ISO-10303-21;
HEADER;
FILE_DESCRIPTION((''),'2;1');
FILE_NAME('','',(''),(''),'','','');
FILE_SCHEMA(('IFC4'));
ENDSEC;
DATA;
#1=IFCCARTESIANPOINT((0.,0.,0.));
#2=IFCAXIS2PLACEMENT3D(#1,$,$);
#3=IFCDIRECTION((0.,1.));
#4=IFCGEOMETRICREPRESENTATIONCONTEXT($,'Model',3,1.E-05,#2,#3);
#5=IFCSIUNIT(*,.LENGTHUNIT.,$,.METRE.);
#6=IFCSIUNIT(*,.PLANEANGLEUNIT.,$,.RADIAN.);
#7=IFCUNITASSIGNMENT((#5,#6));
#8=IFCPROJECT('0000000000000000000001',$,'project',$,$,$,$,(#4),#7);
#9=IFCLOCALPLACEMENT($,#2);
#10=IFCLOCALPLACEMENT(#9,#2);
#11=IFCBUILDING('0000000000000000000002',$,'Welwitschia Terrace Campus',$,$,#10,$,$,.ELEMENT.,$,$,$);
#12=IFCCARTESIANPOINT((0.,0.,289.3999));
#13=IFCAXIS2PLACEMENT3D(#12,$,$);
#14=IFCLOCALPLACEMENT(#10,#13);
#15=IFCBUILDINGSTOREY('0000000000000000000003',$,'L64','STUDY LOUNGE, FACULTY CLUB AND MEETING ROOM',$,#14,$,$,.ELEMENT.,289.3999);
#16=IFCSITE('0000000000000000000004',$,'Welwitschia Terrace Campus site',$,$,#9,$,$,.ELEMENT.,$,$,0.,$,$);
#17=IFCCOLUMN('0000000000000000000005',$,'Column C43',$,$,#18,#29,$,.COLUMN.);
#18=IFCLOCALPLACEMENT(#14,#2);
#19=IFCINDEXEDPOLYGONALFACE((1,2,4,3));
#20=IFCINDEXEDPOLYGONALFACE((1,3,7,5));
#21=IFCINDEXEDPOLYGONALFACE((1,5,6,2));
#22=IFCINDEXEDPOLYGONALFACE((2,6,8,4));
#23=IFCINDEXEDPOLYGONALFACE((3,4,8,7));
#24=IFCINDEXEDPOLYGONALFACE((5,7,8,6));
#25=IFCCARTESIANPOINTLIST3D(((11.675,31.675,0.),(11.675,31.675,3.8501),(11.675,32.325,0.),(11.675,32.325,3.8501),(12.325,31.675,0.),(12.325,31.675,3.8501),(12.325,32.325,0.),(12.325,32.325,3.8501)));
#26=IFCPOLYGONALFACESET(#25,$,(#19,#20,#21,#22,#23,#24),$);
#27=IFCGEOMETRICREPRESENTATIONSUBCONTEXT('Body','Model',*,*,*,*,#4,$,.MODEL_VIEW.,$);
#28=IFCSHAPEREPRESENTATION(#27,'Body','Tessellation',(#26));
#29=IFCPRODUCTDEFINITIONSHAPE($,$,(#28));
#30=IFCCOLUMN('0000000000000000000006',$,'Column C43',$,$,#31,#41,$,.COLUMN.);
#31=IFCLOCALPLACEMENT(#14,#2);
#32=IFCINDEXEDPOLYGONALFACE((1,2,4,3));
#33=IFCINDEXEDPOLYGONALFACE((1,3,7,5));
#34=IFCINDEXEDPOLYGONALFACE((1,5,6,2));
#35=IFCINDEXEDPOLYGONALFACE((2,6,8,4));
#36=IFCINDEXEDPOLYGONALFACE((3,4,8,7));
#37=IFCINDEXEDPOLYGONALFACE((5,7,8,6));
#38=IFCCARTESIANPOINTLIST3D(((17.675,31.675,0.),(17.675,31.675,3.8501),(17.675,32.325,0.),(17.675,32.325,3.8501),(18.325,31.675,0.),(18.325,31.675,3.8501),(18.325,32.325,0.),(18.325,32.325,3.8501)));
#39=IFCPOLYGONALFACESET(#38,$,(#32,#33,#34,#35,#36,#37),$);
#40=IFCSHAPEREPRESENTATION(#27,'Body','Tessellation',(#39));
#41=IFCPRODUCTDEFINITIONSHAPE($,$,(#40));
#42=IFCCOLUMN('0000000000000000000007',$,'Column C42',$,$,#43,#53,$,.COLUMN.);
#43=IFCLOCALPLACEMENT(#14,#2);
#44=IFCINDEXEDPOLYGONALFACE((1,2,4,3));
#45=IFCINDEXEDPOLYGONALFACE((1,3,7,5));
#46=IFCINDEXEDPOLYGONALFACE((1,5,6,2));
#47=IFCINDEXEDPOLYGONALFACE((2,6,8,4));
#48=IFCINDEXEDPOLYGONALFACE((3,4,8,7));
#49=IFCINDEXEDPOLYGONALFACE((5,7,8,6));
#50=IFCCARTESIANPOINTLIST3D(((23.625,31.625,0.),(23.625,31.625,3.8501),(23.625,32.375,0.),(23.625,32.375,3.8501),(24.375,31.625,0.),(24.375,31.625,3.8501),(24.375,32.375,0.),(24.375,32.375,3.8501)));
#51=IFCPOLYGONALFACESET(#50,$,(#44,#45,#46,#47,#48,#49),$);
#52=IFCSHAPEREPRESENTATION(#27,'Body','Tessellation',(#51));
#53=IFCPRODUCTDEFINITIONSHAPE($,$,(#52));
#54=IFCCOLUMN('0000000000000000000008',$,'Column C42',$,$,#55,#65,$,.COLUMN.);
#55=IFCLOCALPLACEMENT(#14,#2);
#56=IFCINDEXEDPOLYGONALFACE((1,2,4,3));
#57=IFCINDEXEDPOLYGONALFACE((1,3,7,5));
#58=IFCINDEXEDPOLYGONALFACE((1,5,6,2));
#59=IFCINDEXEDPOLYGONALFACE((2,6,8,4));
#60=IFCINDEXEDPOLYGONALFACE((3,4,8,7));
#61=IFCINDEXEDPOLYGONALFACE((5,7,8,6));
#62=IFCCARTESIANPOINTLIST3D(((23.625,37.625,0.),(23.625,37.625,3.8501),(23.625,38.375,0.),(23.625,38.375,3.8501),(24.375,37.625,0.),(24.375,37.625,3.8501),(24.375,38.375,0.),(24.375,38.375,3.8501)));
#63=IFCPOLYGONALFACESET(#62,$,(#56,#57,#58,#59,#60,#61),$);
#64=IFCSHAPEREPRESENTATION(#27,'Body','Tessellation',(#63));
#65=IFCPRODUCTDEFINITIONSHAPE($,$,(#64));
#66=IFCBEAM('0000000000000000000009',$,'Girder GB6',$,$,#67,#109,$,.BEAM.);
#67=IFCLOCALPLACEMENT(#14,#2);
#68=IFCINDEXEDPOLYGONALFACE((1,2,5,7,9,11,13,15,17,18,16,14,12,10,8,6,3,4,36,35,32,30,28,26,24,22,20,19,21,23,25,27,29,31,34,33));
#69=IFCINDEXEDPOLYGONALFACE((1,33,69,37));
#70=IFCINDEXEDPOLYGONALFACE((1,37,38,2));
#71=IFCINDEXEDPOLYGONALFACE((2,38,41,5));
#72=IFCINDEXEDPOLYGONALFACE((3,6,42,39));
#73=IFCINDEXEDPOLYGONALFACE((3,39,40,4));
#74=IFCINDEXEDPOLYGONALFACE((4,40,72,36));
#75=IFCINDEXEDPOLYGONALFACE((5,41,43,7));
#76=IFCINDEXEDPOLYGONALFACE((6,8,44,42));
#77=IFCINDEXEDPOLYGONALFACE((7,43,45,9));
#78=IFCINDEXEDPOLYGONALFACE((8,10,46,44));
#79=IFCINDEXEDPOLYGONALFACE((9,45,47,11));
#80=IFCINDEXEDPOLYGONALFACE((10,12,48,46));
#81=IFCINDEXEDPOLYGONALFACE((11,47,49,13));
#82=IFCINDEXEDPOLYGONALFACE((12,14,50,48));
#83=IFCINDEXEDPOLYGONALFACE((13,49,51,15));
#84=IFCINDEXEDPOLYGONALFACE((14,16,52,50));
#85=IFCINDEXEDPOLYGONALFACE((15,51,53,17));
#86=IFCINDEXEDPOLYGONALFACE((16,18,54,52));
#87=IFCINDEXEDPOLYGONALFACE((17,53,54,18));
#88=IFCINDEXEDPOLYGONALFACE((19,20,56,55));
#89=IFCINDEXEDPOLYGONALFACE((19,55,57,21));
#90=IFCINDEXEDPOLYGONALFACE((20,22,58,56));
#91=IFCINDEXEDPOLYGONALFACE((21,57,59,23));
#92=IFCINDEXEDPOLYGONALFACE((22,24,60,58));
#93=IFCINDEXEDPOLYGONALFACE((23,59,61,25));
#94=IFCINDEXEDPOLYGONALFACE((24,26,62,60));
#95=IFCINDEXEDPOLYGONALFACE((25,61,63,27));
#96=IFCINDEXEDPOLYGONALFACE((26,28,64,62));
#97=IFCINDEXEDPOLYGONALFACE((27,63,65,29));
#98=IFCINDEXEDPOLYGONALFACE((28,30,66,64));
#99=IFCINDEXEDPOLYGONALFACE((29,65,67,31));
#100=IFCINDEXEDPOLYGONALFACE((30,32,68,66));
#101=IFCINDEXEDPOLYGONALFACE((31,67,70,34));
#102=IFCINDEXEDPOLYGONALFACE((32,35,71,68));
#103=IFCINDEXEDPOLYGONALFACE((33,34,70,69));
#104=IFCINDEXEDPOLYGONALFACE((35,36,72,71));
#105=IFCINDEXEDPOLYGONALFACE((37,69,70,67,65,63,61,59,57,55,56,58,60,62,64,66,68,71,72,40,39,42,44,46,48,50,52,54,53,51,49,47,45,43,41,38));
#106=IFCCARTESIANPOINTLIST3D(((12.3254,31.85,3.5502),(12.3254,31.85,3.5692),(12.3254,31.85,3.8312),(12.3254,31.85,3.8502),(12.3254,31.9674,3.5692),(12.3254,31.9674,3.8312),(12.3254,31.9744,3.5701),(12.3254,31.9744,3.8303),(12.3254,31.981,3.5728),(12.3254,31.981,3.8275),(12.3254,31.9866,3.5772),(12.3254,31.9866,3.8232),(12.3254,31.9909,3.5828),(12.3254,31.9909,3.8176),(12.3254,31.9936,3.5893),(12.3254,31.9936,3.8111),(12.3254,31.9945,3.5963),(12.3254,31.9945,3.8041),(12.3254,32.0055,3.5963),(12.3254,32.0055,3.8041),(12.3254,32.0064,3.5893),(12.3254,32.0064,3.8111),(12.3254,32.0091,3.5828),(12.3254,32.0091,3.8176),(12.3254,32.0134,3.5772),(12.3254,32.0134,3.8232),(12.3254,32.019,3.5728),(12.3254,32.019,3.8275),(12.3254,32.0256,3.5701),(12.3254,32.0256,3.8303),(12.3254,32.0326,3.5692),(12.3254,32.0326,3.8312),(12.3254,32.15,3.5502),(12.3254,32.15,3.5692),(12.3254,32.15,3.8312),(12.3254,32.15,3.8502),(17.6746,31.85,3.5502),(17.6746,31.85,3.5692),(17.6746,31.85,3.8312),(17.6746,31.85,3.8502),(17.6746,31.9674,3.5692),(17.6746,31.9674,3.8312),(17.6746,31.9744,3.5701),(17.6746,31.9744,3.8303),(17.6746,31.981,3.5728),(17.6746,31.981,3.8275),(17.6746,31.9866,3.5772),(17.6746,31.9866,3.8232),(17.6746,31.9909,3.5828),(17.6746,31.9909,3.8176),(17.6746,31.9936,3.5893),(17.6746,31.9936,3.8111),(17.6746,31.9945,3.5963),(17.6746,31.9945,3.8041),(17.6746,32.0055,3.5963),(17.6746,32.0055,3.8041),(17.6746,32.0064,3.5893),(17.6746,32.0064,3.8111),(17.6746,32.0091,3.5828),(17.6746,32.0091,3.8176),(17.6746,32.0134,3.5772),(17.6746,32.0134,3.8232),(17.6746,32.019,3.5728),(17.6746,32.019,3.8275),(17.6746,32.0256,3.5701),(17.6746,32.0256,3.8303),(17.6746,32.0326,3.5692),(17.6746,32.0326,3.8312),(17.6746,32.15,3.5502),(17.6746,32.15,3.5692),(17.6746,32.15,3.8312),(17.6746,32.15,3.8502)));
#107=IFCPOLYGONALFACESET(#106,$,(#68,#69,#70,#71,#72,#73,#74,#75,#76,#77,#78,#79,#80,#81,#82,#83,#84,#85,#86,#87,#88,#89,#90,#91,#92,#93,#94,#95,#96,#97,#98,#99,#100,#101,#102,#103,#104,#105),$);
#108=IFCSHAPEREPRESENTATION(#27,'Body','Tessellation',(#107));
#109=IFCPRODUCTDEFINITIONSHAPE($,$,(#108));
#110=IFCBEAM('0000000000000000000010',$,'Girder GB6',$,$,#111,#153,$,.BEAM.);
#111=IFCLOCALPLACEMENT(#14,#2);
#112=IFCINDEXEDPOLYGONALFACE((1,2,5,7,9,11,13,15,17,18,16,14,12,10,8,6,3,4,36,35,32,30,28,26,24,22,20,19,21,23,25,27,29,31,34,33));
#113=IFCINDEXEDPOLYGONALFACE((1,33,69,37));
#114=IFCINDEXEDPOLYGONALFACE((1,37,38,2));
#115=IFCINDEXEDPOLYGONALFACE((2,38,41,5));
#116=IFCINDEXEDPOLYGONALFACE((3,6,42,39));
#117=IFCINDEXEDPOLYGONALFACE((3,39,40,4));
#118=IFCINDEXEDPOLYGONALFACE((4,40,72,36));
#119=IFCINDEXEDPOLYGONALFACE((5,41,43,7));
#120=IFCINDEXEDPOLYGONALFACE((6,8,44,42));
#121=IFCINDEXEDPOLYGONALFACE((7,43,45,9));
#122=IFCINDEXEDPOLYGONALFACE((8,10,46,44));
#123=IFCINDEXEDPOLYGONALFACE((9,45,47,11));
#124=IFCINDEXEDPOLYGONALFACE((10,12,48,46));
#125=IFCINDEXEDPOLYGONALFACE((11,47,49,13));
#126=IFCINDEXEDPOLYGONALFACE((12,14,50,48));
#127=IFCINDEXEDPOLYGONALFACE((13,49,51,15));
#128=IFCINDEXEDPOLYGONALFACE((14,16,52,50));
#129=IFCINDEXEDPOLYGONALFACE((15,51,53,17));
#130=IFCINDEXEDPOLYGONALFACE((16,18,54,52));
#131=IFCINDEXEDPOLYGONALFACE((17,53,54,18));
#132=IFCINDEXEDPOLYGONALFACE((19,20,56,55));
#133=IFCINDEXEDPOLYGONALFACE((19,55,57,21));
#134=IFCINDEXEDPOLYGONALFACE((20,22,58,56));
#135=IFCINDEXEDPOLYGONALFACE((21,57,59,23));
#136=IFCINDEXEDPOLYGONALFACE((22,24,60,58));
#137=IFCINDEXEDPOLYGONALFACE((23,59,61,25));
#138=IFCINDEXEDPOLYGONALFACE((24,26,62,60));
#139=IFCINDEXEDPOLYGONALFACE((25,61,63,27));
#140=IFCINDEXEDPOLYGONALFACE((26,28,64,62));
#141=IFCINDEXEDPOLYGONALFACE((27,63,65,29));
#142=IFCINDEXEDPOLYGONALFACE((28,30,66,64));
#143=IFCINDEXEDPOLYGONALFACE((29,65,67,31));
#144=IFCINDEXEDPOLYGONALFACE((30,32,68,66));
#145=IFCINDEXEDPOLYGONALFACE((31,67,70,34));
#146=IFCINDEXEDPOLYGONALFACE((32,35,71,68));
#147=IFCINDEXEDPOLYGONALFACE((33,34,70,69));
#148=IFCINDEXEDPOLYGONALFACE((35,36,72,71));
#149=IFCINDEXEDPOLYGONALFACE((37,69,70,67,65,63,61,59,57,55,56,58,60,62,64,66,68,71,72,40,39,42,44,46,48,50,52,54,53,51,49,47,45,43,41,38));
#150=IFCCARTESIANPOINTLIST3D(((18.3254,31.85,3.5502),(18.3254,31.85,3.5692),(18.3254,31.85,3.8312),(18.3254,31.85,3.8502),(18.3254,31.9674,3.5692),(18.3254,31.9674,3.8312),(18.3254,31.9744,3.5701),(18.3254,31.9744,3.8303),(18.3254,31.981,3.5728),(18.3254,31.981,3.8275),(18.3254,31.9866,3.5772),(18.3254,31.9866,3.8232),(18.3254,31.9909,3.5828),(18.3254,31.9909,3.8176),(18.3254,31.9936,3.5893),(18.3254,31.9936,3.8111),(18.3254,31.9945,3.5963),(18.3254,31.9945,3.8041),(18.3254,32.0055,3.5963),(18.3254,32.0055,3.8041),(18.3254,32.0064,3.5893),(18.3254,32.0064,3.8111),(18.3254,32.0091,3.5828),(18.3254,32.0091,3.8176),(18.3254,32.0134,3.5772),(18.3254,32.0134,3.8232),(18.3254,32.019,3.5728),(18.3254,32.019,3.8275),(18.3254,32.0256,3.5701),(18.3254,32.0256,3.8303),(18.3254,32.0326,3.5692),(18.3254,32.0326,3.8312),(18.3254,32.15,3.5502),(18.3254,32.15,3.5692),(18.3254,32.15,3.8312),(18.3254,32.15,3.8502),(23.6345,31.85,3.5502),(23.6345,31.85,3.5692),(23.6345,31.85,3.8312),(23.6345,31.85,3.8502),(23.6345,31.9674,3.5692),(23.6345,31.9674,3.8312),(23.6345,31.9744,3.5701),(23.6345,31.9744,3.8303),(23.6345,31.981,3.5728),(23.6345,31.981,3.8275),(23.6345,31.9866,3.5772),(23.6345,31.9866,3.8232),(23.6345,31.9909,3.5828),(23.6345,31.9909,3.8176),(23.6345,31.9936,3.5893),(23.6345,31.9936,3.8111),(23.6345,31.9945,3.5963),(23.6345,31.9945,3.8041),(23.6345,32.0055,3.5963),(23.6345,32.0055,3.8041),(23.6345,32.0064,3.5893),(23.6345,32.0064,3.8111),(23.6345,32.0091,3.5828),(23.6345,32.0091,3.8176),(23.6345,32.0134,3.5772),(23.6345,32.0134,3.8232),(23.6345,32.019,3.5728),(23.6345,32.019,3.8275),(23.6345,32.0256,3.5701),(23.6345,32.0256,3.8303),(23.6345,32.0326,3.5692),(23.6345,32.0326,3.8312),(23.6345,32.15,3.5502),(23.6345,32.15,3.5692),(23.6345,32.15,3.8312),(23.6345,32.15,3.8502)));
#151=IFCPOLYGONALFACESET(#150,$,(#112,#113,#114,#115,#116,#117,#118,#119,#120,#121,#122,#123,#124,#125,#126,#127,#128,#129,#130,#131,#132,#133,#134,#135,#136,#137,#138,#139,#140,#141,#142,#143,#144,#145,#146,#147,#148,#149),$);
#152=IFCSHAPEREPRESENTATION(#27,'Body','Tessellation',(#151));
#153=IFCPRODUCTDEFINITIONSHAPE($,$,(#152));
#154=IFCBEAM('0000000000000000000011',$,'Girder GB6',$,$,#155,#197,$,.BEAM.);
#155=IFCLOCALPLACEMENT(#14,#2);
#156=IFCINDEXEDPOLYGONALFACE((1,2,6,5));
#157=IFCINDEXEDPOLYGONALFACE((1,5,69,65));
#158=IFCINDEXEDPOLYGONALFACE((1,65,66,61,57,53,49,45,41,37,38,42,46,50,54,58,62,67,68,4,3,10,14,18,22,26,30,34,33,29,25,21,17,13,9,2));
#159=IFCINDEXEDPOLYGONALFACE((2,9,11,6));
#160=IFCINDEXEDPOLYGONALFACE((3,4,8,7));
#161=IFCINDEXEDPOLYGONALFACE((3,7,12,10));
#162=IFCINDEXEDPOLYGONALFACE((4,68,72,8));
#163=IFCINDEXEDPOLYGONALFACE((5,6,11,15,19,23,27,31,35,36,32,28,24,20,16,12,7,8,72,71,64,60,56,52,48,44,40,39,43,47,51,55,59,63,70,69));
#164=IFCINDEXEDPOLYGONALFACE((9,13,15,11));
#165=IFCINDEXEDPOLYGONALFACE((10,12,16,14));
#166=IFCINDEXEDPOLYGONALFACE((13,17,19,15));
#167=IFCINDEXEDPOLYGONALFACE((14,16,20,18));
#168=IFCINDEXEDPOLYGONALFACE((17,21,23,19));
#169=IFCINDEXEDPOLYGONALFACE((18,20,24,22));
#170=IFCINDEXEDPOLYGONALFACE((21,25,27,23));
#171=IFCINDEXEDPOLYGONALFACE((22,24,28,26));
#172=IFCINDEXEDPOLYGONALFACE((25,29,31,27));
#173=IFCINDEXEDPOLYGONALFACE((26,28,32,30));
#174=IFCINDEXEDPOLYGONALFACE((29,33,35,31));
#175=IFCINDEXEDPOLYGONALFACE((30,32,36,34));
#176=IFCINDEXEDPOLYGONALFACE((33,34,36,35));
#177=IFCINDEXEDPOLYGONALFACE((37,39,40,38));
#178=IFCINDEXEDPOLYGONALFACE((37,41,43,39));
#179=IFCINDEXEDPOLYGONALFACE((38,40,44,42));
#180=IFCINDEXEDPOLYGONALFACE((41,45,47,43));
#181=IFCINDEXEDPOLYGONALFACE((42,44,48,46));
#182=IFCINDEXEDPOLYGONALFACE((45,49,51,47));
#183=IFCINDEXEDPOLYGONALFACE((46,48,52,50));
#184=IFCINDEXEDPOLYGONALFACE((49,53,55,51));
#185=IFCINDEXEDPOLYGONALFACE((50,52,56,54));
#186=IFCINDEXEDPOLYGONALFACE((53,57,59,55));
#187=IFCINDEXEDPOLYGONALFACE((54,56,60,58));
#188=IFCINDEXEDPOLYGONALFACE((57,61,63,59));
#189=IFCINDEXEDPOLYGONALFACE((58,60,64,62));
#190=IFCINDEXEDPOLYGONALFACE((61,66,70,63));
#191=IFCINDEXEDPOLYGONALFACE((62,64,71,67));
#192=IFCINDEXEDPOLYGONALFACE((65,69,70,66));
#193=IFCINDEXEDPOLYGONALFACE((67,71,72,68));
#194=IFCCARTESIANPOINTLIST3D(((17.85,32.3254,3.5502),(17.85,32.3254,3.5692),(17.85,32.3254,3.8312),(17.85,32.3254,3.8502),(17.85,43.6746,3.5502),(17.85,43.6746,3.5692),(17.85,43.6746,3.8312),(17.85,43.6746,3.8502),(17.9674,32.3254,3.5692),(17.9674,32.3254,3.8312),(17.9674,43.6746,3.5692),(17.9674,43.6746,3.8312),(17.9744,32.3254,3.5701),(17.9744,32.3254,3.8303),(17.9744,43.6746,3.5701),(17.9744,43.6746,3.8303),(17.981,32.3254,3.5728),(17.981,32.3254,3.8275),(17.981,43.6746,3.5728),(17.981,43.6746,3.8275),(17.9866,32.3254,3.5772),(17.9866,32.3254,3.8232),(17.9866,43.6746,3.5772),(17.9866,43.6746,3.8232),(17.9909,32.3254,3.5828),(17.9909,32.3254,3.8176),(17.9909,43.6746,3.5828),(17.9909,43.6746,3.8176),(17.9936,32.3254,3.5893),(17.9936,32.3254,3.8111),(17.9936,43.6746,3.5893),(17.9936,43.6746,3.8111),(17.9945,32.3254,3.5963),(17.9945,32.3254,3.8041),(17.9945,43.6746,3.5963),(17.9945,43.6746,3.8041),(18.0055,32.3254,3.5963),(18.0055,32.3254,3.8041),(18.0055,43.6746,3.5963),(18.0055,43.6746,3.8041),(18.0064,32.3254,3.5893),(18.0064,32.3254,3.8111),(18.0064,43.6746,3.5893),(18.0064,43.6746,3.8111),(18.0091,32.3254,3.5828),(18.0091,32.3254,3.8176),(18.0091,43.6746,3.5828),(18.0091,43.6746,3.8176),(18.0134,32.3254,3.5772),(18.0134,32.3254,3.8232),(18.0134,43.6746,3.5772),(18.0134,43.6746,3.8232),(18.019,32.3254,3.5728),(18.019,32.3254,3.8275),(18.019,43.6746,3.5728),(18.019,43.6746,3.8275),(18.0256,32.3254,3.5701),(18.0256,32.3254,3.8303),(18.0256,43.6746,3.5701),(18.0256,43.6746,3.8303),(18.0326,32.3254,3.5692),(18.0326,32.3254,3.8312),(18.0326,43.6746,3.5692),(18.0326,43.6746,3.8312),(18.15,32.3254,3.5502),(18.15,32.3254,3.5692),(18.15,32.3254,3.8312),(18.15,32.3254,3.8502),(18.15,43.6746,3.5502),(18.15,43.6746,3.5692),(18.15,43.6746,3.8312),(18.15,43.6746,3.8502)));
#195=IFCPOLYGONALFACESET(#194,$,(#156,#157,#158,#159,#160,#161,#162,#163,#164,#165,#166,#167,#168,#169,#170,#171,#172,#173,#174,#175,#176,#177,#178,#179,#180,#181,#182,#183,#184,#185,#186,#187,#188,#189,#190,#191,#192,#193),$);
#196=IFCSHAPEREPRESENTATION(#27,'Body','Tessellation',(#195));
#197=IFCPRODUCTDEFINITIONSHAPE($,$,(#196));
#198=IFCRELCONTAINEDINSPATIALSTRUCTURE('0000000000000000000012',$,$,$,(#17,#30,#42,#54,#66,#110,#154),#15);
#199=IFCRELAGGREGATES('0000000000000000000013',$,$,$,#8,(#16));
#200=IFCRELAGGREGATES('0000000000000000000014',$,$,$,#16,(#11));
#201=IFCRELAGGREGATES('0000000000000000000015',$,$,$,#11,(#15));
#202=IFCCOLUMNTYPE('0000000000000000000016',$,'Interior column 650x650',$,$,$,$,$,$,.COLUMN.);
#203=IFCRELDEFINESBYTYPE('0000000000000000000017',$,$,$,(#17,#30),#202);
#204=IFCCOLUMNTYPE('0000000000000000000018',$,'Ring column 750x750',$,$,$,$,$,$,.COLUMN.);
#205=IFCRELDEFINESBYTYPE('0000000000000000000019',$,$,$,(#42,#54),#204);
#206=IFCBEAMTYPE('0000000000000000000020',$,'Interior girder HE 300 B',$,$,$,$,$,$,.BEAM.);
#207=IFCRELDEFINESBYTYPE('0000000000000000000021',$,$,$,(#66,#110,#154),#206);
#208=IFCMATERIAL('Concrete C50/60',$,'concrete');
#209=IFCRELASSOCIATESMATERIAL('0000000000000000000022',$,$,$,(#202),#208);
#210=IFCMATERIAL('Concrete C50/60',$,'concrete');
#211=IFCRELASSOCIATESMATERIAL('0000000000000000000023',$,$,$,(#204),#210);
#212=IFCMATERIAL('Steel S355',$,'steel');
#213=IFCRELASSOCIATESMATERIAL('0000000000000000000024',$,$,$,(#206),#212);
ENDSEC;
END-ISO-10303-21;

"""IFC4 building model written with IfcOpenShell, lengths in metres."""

from ifc_helpers import new_model, si_unit, direction, frame, origin, origin_2d, place, context, subcontext, project, spatial, rectangle, i_section, extrude, material, material_profile, profile_set, type_object, element, save


model = new_model("IFC4")

# Units and contexts
model_context = context("Model", 3, precision=1e-05, world=origin(), true_north=direction((0.0, 1.0)))
body_context = subcontext(model_context, "Body", "Model", "MODEL_VIEW")
ifc_project = project(units=[si_unit("LENGTHUNIT", "METRE"), si_unit("PLANEANGLEUNIT", "RADIAN")], contexts=[model_context])

# Site, building, storey
site_placement = place(None, origin())
site = spatial("IfcSite", under=ifc_project, at=site_placement, Name="Welwitschia Terrace Campus site", CompositionType="ELEMENT", RefElevation=0.0)
building_placement = place(site_placement, origin())
building = spatial("IfcBuilding", under=site, at=building_placement, Name="Welwitschia Terrace Campus", CompositionType="ELEMENT")
storey_placement = place(building_placement, frame((0.0, 0.0, 289.3999)))
storey = spatial("IfcBuildingStorey", under=building, at=storey_placement, Name="L64", Description="STUDY LOUNGE, FACULTY CLUB AND MEETING ROOM", CompositionType="ELEMENT", Elevation=289.3999)

# Columns
ifc_material_1 = material(Name="Concrete C50/60", Category="concrete")
ifc_material_profile_1 = material_profile(ifc_material_1, rectangle(XDim=0.6499, YDim=0.6499, at=origin_2d()))
ifc_profile_set_1 = profile_set([ifc_material_profile_1], Name="Concrete C50/60")
column_type_1 = type_object("IfcColumnType", Name="Interior column 650x650", PredefinedType="COLUMN", material=ifc_profile_set_1)
for number, where, z_axis, x_axis, name in (
    (1, (12.0, 32.0, 0.0), (0.0, 0.0, 1.0), (1.0, 0.0, 0.0), "Column C43"),
    (2, (18.0, 32.0, 0.0), (0.0, 0.0, 1.0), (1.0, 0.0, 0.0), "Column C43"),
):
    element("IfcColumn", number, at=place(storey_placement, frame(where, z_axis=z_axis, x_axis=x_axis)), inside=storey, type_object=column_type_1, Name=name, PredefinedType="COLUMN", context=body_context, shape_type="SweptSolid", body=[
        extrude(rectangle(XDim=0.6499, YDim=0.6499, at=origin_2d()), origin(), (0.0, 0.0, 1.0), 3.8501),
    ])
ifc_material_2 = material(Name="Concrete C50/60", Category="concrete")
ifc_material_profile_2 = material_profile(ifc_material_2, rectangle(XDim=0.75, YDim=0.75, at=origin_2d()))
ifc_profile_set_2 = profile_set([ifc_material_profile_2], Name="Concrete C50/60")
column_type_2 = type_object("IfcColumnType", Name="Ring column 750x750", PredefinedType="COLUMN", material=ifc_profile_set_2)
for number, where, z_axis, x_axis, name in (
    (3, (24.0, 32.0, 0.0), (0.0, 0.0, 1.0), (1.0, 0.0, 0.0), "Column C42"),
    (4, (24.0, 38.0, 0.0), (0.0, 0.0, 1.0), (1.0, 0.0, 0.0), "Column C42"),
):
    element("IfcColumn", number, at=place(storey_placement, frame(where, z_axis=z_axis, x_axis=x_axis)), inside=storey, type_object=column_type_2, Name=name, PredefinedType="COLUMN", context=body_context, shape_type="SweptSolid", body=[
        extrude(rectangle(XDim=0.75, YDim=0.75, at=origin_2d()), origin(), (0.0, 0.0, 1.0), 3.8501),
    ])

# Beams
ifc_material_3 = material(Name="Steel S355", Category="steel")
ifc_material_profile_3 = material_profile(ifc_material_3, i_section(OverallWidth=0.3, OverallDepth=0.3, WebThickness=0.011, FlangeThickness=0.019, FilletRadius=0.0271, at=origin_2d()))
ifc_profile_set_3 = profile_set([ifc_material_profile_3], Name="Steel S355")
beam_type_1 = type_object("IfcBeamType", Name="Interior girder HE 300 B", PredefinedType="BEAM", material=ifc_profile_set_3)
beam_1_placement = place(storey_placement, frame((12.3254, 32.0, 3.7002), z_axis=(1.0, 0.0, 0.0), x_axis=(0.0, 1.0, 0.0)))
element("IfcBeam", 5, at=beam_1_placement, inside=storey, type_object=beam_type_1, Name="Girder GB6", PredefinedType="BEAM", context=body_context, shape_type="SweptSolid", body=[
    extrude(i_section(OverallWidth=0.3, OverallDepth=0.3, WebThickness=0.011, FlangeThickness=0.019, FilletRadius=0.0271, at=origin_2d()), origin(), (0.0, 0.0, 1.0), 5.3491),
])
beam_2_placement = place(storey_placement, frame((18.3254, 32.0, 3.7002), z_axis=(1.0, 0.0, 0.0), x_axis=(0.0, 1.0, 0.0)))
element("IfcBeam", 6, at=beam_2_placement, inside=storey, type_object=beam_type_1, Name="Girder GB6", PredefinedType="BEAM", context=body_context, shape_type="SweptSolid", body=[
    extrude(i_section(OverallWidth=0.3, OverallDepth=0.3, WebThickness=0.011, FlangeThickness=0.019, FilletRadius=0.0271, at=origin_2d()), origin(), (0.0, 0.0, 1.0), 5.3091),
])
beam_3_placement = place(storey_placement, frame((18.0, 32.3254, 3.7002), z_axis=(0.0, 1.0, 0.0), x_axis=(-1.0, 0.0, 0.0)))
element("IfcBeam", 7, at=beam_3_placement, inside=storey, type_object=beam_type_1, Name="Girder GB6", PredefinedType="BEAM", context=body_context, shape_type="SweptSolid", body=[
    extrude(i_section(OverallWidth=0.3, OverallDepth=0.3, WebThickness=0.011, FlangeThickness=0.019, FilletRadius=0.0271, at=origin_2d()), origin(), (0.0, 0.0, 1.0), 11.3491),
])

save(model, "model.ifc")
